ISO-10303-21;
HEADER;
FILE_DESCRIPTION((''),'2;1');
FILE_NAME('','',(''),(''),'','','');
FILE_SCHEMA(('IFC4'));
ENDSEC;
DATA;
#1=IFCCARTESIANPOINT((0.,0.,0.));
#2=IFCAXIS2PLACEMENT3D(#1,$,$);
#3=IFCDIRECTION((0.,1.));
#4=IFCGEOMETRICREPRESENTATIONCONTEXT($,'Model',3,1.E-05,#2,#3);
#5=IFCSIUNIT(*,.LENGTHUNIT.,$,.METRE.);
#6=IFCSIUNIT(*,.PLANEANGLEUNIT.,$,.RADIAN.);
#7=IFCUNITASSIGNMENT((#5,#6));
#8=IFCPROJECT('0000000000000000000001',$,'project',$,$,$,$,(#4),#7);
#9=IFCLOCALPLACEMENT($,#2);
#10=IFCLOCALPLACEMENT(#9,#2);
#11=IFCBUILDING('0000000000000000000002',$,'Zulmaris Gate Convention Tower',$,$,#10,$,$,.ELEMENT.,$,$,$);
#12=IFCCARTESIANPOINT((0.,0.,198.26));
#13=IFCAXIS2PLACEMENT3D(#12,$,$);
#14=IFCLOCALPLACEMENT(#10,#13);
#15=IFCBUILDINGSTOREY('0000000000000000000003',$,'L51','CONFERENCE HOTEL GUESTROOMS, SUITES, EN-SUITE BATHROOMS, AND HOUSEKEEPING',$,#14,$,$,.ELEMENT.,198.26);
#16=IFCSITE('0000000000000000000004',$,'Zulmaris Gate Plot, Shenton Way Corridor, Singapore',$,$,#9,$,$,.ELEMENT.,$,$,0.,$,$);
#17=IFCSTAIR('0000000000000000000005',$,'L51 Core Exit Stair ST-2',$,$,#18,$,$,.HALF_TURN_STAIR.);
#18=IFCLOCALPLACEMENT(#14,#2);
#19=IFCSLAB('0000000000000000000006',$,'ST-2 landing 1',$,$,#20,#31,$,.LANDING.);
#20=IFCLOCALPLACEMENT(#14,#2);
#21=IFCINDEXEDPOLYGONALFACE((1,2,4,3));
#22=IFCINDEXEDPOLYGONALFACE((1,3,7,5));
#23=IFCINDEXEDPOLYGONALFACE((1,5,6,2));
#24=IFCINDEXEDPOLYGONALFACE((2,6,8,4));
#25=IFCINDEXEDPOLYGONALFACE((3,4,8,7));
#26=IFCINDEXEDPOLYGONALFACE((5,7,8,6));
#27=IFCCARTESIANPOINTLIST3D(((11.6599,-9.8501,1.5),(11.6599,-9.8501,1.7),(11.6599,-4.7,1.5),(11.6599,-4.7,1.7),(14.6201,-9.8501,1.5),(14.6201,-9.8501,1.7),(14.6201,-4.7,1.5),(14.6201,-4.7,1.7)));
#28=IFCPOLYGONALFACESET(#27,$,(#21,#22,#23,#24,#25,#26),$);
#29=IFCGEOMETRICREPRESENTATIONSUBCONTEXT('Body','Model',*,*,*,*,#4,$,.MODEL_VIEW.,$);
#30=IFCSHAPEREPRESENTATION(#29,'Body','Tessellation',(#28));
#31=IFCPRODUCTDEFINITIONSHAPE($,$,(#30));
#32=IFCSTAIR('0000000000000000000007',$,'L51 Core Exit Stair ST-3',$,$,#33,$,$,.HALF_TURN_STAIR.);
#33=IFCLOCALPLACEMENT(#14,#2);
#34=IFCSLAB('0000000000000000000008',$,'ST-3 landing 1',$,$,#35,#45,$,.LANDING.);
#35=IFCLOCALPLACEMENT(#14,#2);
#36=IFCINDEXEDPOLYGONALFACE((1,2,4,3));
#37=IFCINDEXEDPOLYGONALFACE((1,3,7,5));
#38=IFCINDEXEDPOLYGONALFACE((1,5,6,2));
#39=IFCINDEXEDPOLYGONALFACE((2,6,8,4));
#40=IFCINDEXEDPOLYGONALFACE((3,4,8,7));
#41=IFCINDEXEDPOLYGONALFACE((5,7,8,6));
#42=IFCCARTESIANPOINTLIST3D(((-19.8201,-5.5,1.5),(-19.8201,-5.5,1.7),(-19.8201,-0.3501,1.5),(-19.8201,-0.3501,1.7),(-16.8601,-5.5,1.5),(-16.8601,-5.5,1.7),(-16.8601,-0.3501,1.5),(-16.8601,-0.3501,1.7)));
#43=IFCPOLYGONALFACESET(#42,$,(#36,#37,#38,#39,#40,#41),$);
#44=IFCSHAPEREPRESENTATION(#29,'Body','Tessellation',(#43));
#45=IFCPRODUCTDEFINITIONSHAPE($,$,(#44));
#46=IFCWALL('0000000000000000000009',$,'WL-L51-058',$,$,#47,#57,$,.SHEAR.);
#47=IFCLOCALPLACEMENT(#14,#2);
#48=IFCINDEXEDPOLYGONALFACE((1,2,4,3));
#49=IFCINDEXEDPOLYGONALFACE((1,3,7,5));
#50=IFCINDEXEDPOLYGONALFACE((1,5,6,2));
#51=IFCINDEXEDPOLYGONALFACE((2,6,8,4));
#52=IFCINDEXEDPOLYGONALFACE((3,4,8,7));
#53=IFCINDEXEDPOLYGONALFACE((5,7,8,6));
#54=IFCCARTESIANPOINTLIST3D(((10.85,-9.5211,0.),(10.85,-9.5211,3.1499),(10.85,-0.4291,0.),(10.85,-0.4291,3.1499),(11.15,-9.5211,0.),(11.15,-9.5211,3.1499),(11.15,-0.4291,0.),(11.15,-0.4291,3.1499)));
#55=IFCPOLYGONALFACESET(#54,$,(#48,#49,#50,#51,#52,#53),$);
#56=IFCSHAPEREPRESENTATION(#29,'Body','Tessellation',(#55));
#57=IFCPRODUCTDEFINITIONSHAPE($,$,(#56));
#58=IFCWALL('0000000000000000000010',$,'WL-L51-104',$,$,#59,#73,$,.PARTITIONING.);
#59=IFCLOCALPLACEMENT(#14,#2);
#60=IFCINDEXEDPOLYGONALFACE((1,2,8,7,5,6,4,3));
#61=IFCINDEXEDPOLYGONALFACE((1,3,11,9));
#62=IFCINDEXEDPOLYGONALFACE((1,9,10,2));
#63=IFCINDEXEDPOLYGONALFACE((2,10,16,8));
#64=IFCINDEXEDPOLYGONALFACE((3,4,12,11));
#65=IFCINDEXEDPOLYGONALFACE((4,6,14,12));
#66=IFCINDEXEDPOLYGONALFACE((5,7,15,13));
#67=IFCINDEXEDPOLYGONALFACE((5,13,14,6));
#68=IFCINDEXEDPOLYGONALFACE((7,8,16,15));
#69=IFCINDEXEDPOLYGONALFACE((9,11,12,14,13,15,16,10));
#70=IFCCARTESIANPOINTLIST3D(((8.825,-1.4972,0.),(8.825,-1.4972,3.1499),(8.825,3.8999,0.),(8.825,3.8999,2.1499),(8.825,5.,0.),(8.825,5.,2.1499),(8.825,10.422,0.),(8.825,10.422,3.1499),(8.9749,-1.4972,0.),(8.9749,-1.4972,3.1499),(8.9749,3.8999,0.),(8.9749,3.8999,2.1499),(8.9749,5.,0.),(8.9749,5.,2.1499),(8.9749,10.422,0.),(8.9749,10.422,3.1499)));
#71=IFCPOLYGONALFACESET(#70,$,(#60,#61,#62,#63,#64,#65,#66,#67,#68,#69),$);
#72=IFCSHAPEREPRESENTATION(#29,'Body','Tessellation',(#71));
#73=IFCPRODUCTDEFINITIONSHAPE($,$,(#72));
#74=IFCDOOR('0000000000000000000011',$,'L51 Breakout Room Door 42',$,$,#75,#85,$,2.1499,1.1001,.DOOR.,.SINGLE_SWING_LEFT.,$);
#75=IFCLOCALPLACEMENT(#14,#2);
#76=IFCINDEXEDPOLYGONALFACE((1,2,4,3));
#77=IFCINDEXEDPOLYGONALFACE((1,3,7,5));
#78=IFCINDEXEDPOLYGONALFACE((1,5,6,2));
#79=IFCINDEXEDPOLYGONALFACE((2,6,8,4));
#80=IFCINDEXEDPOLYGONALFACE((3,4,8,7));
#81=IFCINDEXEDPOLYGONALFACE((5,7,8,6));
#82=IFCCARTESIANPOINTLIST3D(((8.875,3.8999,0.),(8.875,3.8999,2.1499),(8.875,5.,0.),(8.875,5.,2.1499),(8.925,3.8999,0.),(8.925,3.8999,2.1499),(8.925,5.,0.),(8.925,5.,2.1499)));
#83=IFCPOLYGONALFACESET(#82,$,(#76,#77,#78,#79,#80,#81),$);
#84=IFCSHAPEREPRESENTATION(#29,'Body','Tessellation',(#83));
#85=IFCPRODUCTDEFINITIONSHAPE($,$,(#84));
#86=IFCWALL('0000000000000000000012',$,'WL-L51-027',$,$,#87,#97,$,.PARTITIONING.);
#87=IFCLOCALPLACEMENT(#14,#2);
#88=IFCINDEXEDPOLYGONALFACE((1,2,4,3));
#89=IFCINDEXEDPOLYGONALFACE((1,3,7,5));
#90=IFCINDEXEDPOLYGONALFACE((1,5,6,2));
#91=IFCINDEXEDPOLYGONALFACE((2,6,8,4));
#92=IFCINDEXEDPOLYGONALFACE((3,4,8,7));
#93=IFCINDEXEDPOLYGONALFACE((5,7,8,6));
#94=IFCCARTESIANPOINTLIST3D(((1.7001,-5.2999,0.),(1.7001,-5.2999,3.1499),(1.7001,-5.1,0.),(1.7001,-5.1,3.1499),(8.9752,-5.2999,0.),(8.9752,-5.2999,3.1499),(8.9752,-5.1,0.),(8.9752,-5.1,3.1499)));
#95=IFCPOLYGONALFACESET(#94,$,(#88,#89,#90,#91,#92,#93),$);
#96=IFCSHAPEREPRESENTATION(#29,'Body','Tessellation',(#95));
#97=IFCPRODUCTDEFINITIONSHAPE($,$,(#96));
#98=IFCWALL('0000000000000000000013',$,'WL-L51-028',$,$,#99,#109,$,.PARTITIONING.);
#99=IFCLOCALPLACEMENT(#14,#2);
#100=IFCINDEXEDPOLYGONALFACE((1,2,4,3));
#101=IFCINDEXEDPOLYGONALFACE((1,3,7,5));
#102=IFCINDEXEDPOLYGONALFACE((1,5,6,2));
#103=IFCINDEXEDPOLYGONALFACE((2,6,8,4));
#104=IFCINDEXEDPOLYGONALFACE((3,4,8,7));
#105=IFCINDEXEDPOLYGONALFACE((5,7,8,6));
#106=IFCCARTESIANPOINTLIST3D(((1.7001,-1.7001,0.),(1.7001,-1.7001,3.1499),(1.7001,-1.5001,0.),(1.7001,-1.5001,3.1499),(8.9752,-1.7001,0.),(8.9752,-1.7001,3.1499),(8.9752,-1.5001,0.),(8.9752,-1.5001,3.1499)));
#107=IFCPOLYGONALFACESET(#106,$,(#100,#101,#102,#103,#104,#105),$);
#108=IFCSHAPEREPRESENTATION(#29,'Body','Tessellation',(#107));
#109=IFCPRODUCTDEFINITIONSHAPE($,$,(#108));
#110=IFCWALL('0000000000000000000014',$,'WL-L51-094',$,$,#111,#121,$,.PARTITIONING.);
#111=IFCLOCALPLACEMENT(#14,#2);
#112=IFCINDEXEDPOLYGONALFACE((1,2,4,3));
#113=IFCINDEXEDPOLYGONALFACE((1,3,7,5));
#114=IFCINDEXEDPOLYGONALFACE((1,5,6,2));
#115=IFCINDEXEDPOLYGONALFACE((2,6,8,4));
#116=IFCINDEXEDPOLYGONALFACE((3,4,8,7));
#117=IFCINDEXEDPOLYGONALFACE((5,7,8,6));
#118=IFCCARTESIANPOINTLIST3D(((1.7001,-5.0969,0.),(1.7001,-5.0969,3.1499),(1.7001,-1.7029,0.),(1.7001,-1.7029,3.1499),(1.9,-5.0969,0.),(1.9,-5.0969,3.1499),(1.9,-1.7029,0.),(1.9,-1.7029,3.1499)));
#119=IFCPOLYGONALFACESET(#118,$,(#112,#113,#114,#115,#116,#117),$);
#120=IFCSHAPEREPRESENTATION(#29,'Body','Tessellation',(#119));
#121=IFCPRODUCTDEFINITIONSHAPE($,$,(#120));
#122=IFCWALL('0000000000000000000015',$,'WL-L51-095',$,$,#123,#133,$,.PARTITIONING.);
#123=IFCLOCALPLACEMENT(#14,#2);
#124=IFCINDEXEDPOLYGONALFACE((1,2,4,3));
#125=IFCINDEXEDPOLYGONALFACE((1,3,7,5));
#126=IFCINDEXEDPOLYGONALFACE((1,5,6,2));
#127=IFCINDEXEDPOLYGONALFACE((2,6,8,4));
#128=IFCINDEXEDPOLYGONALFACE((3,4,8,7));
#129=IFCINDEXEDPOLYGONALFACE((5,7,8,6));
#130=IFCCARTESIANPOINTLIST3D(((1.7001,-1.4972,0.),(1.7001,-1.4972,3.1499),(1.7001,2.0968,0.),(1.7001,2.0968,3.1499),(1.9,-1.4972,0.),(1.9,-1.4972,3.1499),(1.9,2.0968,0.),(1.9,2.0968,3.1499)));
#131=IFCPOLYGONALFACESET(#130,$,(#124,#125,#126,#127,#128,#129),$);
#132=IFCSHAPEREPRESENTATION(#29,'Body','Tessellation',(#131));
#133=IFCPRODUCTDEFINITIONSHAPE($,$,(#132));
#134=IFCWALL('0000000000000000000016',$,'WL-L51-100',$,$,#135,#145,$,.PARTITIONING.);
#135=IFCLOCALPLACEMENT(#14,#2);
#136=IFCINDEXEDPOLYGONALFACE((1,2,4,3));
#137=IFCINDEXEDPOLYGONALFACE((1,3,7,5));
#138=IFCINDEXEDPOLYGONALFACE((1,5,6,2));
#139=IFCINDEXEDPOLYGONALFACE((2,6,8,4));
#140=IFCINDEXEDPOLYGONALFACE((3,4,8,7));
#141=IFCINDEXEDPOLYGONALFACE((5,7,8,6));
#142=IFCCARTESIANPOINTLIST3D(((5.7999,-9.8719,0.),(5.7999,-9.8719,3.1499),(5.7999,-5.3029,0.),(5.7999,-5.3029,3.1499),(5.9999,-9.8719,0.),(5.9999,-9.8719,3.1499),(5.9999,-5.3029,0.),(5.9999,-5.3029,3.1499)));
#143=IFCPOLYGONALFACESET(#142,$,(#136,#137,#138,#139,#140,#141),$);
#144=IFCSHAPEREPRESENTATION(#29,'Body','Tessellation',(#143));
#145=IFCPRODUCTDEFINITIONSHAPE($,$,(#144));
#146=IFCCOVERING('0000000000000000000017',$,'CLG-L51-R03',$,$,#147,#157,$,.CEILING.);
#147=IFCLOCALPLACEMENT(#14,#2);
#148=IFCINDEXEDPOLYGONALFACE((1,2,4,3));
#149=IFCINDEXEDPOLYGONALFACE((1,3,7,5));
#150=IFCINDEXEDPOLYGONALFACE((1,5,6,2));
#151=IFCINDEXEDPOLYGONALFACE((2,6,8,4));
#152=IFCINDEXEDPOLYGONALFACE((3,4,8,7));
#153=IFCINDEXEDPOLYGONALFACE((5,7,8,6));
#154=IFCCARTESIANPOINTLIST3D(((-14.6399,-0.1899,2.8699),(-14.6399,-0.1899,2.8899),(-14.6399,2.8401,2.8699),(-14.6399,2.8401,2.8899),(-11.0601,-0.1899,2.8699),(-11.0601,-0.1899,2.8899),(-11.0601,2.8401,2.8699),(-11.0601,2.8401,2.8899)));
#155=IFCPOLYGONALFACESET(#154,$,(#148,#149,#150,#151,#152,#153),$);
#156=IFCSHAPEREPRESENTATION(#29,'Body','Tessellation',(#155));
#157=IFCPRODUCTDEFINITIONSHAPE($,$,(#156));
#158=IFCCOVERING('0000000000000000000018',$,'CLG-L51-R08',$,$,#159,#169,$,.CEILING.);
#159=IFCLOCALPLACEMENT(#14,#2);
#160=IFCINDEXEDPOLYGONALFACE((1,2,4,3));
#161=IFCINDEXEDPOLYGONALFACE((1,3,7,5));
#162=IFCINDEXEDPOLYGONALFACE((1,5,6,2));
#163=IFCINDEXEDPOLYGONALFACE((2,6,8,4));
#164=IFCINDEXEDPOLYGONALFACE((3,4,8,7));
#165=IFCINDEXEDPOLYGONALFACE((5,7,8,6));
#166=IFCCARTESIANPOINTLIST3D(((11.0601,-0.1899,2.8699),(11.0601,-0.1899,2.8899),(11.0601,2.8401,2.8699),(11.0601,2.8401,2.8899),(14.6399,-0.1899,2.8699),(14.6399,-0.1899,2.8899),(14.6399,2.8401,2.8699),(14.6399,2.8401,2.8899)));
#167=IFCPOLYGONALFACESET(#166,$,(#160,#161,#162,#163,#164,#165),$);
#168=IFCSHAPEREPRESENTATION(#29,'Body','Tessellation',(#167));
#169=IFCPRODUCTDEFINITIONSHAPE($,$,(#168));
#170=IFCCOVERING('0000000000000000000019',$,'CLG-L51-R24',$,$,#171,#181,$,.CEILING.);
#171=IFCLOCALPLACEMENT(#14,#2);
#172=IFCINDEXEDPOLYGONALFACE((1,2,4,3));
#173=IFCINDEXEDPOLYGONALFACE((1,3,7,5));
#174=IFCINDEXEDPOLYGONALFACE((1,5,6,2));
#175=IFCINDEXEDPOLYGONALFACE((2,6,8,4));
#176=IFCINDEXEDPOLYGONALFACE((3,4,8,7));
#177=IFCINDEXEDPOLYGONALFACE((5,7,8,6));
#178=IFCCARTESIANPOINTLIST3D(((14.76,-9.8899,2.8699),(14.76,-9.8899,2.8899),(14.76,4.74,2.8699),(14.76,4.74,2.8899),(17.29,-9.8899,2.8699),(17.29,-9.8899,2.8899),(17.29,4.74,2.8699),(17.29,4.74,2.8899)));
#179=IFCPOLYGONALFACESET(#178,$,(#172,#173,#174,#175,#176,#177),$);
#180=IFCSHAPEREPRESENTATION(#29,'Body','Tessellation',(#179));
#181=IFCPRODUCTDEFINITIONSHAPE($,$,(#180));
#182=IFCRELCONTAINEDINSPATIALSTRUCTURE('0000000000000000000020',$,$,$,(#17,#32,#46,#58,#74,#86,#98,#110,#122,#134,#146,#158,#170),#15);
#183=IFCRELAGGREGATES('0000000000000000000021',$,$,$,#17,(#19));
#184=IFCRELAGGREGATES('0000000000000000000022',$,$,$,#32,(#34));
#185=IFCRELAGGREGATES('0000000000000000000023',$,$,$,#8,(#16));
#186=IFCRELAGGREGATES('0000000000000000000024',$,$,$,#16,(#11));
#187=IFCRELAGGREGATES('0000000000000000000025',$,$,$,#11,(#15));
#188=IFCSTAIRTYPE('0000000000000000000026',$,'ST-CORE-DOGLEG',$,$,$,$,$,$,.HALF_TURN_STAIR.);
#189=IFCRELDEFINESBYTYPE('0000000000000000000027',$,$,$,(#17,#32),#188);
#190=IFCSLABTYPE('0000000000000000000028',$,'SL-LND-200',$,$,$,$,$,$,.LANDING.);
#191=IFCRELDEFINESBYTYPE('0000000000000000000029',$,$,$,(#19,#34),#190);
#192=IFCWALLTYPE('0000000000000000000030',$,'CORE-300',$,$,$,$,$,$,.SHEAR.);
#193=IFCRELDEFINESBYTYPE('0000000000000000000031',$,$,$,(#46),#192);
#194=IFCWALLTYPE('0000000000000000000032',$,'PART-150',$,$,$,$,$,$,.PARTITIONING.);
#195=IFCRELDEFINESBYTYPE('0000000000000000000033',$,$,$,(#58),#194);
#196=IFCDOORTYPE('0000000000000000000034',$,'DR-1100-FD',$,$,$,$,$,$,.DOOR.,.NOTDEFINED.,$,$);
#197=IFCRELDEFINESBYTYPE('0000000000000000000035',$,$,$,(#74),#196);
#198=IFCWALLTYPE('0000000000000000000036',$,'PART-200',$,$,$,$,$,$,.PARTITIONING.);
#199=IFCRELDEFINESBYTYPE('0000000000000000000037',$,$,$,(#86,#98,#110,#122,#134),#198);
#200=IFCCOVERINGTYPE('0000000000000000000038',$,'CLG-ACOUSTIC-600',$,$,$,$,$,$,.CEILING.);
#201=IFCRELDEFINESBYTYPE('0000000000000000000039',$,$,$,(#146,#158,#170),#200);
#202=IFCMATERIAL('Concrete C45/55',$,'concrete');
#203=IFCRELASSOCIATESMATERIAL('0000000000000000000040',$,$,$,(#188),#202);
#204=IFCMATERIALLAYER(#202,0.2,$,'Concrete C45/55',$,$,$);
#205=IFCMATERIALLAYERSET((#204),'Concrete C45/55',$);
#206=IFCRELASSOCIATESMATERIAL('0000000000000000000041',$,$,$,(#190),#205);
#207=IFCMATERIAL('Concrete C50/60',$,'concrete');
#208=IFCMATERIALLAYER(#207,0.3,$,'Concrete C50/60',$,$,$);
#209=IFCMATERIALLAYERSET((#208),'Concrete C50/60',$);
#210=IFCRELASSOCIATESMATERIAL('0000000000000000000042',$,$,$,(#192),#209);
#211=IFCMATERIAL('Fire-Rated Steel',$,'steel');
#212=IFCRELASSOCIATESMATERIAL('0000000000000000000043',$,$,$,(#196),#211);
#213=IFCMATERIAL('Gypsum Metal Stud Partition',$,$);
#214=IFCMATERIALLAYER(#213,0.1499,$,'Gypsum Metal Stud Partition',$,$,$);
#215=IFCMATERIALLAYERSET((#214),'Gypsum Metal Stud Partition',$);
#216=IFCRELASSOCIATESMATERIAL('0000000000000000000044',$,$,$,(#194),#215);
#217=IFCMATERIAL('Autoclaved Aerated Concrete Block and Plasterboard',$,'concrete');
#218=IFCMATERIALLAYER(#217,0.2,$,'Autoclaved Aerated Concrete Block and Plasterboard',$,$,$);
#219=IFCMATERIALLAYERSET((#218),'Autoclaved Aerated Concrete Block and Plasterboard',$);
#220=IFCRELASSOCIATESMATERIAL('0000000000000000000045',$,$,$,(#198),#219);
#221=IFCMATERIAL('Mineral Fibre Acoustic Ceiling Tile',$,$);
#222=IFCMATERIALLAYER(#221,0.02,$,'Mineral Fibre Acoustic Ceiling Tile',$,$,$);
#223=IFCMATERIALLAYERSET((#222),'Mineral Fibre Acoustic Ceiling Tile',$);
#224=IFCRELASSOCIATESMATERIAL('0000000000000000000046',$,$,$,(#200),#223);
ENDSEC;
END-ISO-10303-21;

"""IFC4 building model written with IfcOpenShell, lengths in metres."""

from ifc_helpers import new_model, si_unit, direction, frame, frame_2d, origin, place, context, subcontext, project, spatial, polyline, rectangle, outline, extrude, material, layer, layer_set, type_object, element, fill, aggregate, save


model = new_model("IFC4")

# Units and contexts
model_context = context("Model", 3, precision=1e-05, world=origin(), true_north=direction((0.0, 1.0)))
body_context = subcontext(model_context, "Body", "Model", "MODEL_VIEW")
ifc_project = project(units=[si_unit("LENGTHUNIT", "METRE"), si_unit("PLANEANGLEUNIT", "RADIAN")], contexts=[model_context])

# Site, building, storey
site_placement = place(None, origin())
site = spatial("IfcSite", under=ifc_project, at=site_placement, Name="Zulmaris Gate Plot, Shenton Way Corridor, Singapore", CompositionType="ELEMENT", RefElevation=0.0)
building_placement = place(site_placement, origin())
building = spatial("IfcBuilding", under=site, at=building_placement, Name="Zulmaris Gate Convention Tower", CompositionType="ELEMENT")
storey_placement = place(building_placement, frame((0.0, 0.0, 198.26)))
storey = spatial("IfcBuildingStorey", under=building, at=storey_placement, Name="L51", Description="CONFERENCE HOTEL GUESTROOMS, SUITES, EN-SUITE BATHROOMS, AND HOUSEKEEPING", CompositionType="ELEMENT", Elevation=198.26)

# Stairs, slabs
ifc_material_1 = material(Name="Concrete C45/55", Category="concrete")
stair_type = type_object("IfcStairType", Name="ST-CORE-DOGLEG", PredefinedType="HALF_TURN_STAIR", material=ifc_material_1)
stair_1_placement = place(storey_placement, origin())
stair_1 = element("IfcStair", 1, at=stair_1_placement, inside=storey, type_object=stair_type, Name="L51 Core Exit Stair ST-2", PredefinedType="HALF_TURN_STAIR")
ifc_layer_1 = layer(ifc_material_1, 0.2, Name="Concrete C45/55")
ifc_layer_set_1 = layer_set([ifc_layer_1], Name="Concrete C45/55")
slab_type = type_object("IfcSlabType", Name="SL-LND-200", PredefinedType="LANDING", material=ifc_layer_set_1)
slab_1_placement = place(storey_placement, frame((0.0, 0.0, 1.5)))
slab_1 = element("IfcSlab", 2, at=slab_1_placement, type_object=slab_type, Name="ST-2 landing 1", PredefinedType="LANDING", context=body_context, shape_type="SweptSolid", body=[
    extrude(outline(polyline([(11.6599, -4.7), (11.6599, -9.8501), (14.6201, -9.8501), (14.6201, -4.7), (11.6599, -4.7)])), origin(), (0.0, 0.0, 1.0), 0.2),
])
aggregate(stair_1, [slab_1])
stair_2_placement = place(storey_placement, origin())
stair_2 = element("IfcStair", 3, at=stair_2_placement, inside=storey, type_object=stair_type, Name="L51 Core Exit Stair ST-3", PredefinedType="HALF_TURN_STAIR")
slab_2_placement = place(storey_placement, frame((0.0, 0.0, 1.5)))
slab_2 = element("IfcSlab", 4, at=slab_2_placement, type_object=slab_type, Name="ST-3 landing 1", PredefinedType="LANDING", context=body_context, shape_type="SweptSolid", body=[
    extrude(outline(polyline([(-16.8601, -5.5), (-16.8601, -0.3501), (-19.8201, -0.3501), (-19.8201, -5.5), (-16.8601, -5.5)])), origin(), (0.0, 0.0, 1.0), 0.2),
])
aggregate(stair_2, [slab_2])

# Shared definitions
ifc_material_2 = material(Name="Concrete C50/60", Category="concrete")
ifc_layer_2 = layer(ifc_material_2, 0.3, Name="Concrete C50/60")
ifc_layer_set_2 = layer_set([ifc_layer_2], Name="Concrete C50/60")
wall_type_1 = type_object("IfcWallType", Name="CORE-300", PredefinedType="SHEAR", material=ifc_layer_set_2)
ifc_material_3 = material(Name="Fire-Rated Steel", Category="steel")
door_type_1 = type_object("IfcDoorType", Name="DR-1100-FD", OperationType="NOTDEFINED", PredefinedType="DOOR", material=ifc_material_3)

# Wall
wall_1_placement = place(storey_placement, frame((11.0, -9.521, 0.0), z_axis=(0.0, 0.0, 1.0), x_axis=(0.0, 1.0, 0.0)))
element("IfcWall", 5, at=wall_1_placement, inside=storey, type_object=wall_type_1, Name="WL-L51-058", PredefinedType="SHEAR", context=body_context, shape_type="SweptSolid", body=[
    extrude(rectangle(XDim=9.092, YDim=0.3, at=frame_2d((4.5459, 0.0))), origin(), (0.0, 0.0, 1.0), 3.1499),
])

# Wall, opening, door
ifc_material_4 = material(Name="Gypsum Metal Stud Partition")
ifc_layer_3 = layer(ifc_material_4, 0.1499, Name="Gypsum Metal Stud Partition")
ifc_layer_set_3 = layer_set([ifc_layer_3], Name="Gypsum Metal Stud Partition")
wall_type_2 = type_object("IfcWallType", Name="PART-150", PredefinedType="PARTITIONING", material=ifc_layer_set_3)
wall_2_placement = place(storey_placement, frame((8.8999, -1.4971, 0.0), z_axis=(0.0, 0.0, 1.0), x_axis=(0.0, 1.0, 0.0)))
wall_2 = element("IfcWall", 6, at=wall_2_placement, inside=storey, type_object=wall_type_2, Name="WL-L51-104", PredefinedType="PARTITIONING", context=body_context, shape_type="SweptSolid", body=[
    extrude(rectangle(XDim=11.9192, YDim=0.1499, at=frame_2d((5.9595, 0.0))), origin(), (0.0, 0.0, 1.0), 3.1499),
])
opening_1_placement = place(wall_2_placement, frame((5.397, 0.0, 0.0)))
opening_1 = element("IfcOpeningElement", 7, at=opening_1_placement, cuts=wall_2, PredefinedType="OPENING", context=body_context, shape_type="SweptSolid", body=[
    extrude(rectangle(XDim=1.1001, YDim=2.1499, at=frame_2d((0.55, 1.075))), frame((0.0, 0.085, 0.0), z_axis=(0.0, -1.0, 0.0), x_axis=(1.0, 0.0, 0.0)), (0.0, 0.0, 1.0), 0.1699),
])
door_1_placement = place(opening_1_placement, origin())
door_1 = element("IfcDoor", 8, at=door_1_placement, inside=storey, type_object=door_type_1, Name="L51 Breakout Room Door 42", OperationType="SINGLE_SWING_LEFT", OverallHeight=2.1499, OverallWidth=1.1001, PredefinedType="DOOR", context=body_context, shape_type="SweptSolid", body=[
    extrude(rectangle(XDim=1.1001, YDim=2.1499, at=frame_2d((0.55, 1.075))), frame((0.0, 0.0249, 0.0), z_axis=(0.0, -1.0, 0.0), x_axis=(1.0, 0.0, 0.0)), (0.0, 0.0, 1.0), 0.05),
])
fill(opening_1, door_1)

# Walls
ifc_material_5 = material(Name="Autoclaved Aerated Concrete Block and Plasterboard", Category="concrete")
ifc_layer_4 = layer(ifc_material_5, 0.2, Name="Autoclaved Aerated Concrete Block and Plasterboard")
ifc_layer_set_4 = layer_set([ifc_layer_4], Name="Autoclaved Aerated Concrete Block and Plasterboard")
wall_type_3 = type_object("IfcWallType", Name="PART-200", PredefinedType="PARTITIONING", material=ifc_layer_set_4)
for number, where, z_axis, x_axis, name in (
    (9, (1.7, -5.2, 0.0), (0.0, 0.0, 1.0), (1.0, 0.0, 0.0), "WL-L51-027"),
    (10, (1.7, -1.6001, 0.0), (0.0, 0.0, 1.0), (1.0, 0.0, 0.0), "WL-L51-028"),
):
    element("IfcWall", number, at=place(storey_placement, frame(where, z_axis=z_axis, x_axis=x_axis)), inside=storey, type_object=wall_type_3, Name=name, PredefinedType="PARTITIONING", context=body_context, shape_type="SweptSolid", body=[
        extrude(rectangle(XDim=7.2751, YDim=0.2, at=frame_2d((3.6377, 0.0))), origin(), (0.0, 0.0, 1.0), 3.1499),
    ])
wall_3_placement = place(storey_placement, frame((1.8, -5.0969, 0.0), z_axis=(0.0, 0.0, 1.0), x_axis=(0.0, 1.0, 0.0)))
element("IfcWall", 11, at=wall_3_placement, inside=storey, type_object=wall_type_3, Name="WL-L51-094", PredefinedType="PARTITIONING", context=body_context, shape_type="SweptSolid", body=[
    extrude(rectangle(XDim=3.394, YDim=0.2, at=frame_2d((1.697, 0.0))), origin(), (0.0, 0.0, 1.0), 3.1499),
])
wall_4_placement = place(storey_placement, frame((1.8, -1.4971, 0.0), z_axis=(0.0, 0.0, 1.0), x_axis=(0.0, 1.0, 0.0)))
element("IfcWall", 12, at=wall_4_placement, inside=storey, type_object=wall_type_3, Name="WL-L51-095", PredefinedType="PARTITIONING", context=body_context, shape_type="SweptSolid", body=[
    extrude(rectangle(XDim=3.594, YDim=0.2, at=frame_2d((1.7969, 0.0))), origin(), (0.0, 0.0, 1.0), 3.1499),
])
wall_5_placement = place(storey_placement, frame((5.8999, -9.8721, 0.0), z_axis=(0.0, 0.0, 1.0), x_axis=(0.0, 1.0, 0.0)))
element("IfcWall", 13, at=wall_5_placement, inside=storey, type_object=wall_type_3, Name="WL-L51-100", PredefinedType="PARTITIONING", context=body_context, shape_type="SweptSolid", body=[
    extrude(rectangle(XDim=4.5691, YDim=0.2, at=frame_2d((2.2847, 0.0))), origin(), (0.0, 0.0, 1.0), 3.1499),
])

# Coverings
ifc_material_6 = material(Name="Mineral Fibre Acoustic Ceiling Tile")
ifc_layer_5 = layer(ifc_material_6, 0.02, Name="Mineral Fibre Acoustic Ceiling Tile")
ifc_layer_set_5 = layer_set([ifc_layer_5], Name="Mineral Fibre Acoustic Ceiling Tile")
covering_type_1 = type_object("IfcCoveringType", Name="CLG-ACOUSTIC-600", PredefinedType="CEILING", material=ifc_layer_set_5)
covering_1_placement = place(storey_placement, frame((0.0, 0.0, 2.8699)))
element("IfcCovering", 14, at=covering_1_placement, inside=storey, type_object=covering_type_1, Name="CLG-L51-R03", PredefinedType="CEILING", context=body_context, shape_type="SweptSolid", body=[
    extrude(outline(polyline([(-14.6399, -0.1899), (-11.0601, -0.1899), (-11.0601, 2.8401), (-14.6399, 2.8401), (-14.6399, -0.1899)])), origin(), (0.0, 0.0, 1.0), 0.02),
])
covering_2_placement = place(storey_placement, frame((0.0, 0.0, 2.8699)))
element("IfcCovering", 15, at=covering_2_placement, inside=storey, type_object=covering_type_1, Name="CLG-L51-R08", PredefinedType="CEILING", context=body_context, shape_type="SweptSolid", body=[
    extrude(outline(polyline([(11.0601, -0.1899), (14.6399, -0.1899), (14.6399, 2.8401), (11.0601, 2.8401), (11.0601, -0.1899)])), origin(), (0.0, 0.0, 1.0), 0.02),
])
covering_3_placement = place(storey_placement, frame((0.0, 0.0, 2.8699)))
element("IfcCovering", 16, at=covering_3_placement, inside=storey, type_object=covering_type_1, Name="CLG-L51-R24", PredefinedType="CEILING", context=body_context, shape_type="SweptSolid", body=[
    extrude(outline(polyline([(14.76, -9.8899), (17.29, -9.8899), (17.29, 4.74), (14.76, 4.74), (14.76, -9.8899)])), origin(), (0.0, 0.0, 1.0), 0.02),
])

save(model, "model.ifc")
